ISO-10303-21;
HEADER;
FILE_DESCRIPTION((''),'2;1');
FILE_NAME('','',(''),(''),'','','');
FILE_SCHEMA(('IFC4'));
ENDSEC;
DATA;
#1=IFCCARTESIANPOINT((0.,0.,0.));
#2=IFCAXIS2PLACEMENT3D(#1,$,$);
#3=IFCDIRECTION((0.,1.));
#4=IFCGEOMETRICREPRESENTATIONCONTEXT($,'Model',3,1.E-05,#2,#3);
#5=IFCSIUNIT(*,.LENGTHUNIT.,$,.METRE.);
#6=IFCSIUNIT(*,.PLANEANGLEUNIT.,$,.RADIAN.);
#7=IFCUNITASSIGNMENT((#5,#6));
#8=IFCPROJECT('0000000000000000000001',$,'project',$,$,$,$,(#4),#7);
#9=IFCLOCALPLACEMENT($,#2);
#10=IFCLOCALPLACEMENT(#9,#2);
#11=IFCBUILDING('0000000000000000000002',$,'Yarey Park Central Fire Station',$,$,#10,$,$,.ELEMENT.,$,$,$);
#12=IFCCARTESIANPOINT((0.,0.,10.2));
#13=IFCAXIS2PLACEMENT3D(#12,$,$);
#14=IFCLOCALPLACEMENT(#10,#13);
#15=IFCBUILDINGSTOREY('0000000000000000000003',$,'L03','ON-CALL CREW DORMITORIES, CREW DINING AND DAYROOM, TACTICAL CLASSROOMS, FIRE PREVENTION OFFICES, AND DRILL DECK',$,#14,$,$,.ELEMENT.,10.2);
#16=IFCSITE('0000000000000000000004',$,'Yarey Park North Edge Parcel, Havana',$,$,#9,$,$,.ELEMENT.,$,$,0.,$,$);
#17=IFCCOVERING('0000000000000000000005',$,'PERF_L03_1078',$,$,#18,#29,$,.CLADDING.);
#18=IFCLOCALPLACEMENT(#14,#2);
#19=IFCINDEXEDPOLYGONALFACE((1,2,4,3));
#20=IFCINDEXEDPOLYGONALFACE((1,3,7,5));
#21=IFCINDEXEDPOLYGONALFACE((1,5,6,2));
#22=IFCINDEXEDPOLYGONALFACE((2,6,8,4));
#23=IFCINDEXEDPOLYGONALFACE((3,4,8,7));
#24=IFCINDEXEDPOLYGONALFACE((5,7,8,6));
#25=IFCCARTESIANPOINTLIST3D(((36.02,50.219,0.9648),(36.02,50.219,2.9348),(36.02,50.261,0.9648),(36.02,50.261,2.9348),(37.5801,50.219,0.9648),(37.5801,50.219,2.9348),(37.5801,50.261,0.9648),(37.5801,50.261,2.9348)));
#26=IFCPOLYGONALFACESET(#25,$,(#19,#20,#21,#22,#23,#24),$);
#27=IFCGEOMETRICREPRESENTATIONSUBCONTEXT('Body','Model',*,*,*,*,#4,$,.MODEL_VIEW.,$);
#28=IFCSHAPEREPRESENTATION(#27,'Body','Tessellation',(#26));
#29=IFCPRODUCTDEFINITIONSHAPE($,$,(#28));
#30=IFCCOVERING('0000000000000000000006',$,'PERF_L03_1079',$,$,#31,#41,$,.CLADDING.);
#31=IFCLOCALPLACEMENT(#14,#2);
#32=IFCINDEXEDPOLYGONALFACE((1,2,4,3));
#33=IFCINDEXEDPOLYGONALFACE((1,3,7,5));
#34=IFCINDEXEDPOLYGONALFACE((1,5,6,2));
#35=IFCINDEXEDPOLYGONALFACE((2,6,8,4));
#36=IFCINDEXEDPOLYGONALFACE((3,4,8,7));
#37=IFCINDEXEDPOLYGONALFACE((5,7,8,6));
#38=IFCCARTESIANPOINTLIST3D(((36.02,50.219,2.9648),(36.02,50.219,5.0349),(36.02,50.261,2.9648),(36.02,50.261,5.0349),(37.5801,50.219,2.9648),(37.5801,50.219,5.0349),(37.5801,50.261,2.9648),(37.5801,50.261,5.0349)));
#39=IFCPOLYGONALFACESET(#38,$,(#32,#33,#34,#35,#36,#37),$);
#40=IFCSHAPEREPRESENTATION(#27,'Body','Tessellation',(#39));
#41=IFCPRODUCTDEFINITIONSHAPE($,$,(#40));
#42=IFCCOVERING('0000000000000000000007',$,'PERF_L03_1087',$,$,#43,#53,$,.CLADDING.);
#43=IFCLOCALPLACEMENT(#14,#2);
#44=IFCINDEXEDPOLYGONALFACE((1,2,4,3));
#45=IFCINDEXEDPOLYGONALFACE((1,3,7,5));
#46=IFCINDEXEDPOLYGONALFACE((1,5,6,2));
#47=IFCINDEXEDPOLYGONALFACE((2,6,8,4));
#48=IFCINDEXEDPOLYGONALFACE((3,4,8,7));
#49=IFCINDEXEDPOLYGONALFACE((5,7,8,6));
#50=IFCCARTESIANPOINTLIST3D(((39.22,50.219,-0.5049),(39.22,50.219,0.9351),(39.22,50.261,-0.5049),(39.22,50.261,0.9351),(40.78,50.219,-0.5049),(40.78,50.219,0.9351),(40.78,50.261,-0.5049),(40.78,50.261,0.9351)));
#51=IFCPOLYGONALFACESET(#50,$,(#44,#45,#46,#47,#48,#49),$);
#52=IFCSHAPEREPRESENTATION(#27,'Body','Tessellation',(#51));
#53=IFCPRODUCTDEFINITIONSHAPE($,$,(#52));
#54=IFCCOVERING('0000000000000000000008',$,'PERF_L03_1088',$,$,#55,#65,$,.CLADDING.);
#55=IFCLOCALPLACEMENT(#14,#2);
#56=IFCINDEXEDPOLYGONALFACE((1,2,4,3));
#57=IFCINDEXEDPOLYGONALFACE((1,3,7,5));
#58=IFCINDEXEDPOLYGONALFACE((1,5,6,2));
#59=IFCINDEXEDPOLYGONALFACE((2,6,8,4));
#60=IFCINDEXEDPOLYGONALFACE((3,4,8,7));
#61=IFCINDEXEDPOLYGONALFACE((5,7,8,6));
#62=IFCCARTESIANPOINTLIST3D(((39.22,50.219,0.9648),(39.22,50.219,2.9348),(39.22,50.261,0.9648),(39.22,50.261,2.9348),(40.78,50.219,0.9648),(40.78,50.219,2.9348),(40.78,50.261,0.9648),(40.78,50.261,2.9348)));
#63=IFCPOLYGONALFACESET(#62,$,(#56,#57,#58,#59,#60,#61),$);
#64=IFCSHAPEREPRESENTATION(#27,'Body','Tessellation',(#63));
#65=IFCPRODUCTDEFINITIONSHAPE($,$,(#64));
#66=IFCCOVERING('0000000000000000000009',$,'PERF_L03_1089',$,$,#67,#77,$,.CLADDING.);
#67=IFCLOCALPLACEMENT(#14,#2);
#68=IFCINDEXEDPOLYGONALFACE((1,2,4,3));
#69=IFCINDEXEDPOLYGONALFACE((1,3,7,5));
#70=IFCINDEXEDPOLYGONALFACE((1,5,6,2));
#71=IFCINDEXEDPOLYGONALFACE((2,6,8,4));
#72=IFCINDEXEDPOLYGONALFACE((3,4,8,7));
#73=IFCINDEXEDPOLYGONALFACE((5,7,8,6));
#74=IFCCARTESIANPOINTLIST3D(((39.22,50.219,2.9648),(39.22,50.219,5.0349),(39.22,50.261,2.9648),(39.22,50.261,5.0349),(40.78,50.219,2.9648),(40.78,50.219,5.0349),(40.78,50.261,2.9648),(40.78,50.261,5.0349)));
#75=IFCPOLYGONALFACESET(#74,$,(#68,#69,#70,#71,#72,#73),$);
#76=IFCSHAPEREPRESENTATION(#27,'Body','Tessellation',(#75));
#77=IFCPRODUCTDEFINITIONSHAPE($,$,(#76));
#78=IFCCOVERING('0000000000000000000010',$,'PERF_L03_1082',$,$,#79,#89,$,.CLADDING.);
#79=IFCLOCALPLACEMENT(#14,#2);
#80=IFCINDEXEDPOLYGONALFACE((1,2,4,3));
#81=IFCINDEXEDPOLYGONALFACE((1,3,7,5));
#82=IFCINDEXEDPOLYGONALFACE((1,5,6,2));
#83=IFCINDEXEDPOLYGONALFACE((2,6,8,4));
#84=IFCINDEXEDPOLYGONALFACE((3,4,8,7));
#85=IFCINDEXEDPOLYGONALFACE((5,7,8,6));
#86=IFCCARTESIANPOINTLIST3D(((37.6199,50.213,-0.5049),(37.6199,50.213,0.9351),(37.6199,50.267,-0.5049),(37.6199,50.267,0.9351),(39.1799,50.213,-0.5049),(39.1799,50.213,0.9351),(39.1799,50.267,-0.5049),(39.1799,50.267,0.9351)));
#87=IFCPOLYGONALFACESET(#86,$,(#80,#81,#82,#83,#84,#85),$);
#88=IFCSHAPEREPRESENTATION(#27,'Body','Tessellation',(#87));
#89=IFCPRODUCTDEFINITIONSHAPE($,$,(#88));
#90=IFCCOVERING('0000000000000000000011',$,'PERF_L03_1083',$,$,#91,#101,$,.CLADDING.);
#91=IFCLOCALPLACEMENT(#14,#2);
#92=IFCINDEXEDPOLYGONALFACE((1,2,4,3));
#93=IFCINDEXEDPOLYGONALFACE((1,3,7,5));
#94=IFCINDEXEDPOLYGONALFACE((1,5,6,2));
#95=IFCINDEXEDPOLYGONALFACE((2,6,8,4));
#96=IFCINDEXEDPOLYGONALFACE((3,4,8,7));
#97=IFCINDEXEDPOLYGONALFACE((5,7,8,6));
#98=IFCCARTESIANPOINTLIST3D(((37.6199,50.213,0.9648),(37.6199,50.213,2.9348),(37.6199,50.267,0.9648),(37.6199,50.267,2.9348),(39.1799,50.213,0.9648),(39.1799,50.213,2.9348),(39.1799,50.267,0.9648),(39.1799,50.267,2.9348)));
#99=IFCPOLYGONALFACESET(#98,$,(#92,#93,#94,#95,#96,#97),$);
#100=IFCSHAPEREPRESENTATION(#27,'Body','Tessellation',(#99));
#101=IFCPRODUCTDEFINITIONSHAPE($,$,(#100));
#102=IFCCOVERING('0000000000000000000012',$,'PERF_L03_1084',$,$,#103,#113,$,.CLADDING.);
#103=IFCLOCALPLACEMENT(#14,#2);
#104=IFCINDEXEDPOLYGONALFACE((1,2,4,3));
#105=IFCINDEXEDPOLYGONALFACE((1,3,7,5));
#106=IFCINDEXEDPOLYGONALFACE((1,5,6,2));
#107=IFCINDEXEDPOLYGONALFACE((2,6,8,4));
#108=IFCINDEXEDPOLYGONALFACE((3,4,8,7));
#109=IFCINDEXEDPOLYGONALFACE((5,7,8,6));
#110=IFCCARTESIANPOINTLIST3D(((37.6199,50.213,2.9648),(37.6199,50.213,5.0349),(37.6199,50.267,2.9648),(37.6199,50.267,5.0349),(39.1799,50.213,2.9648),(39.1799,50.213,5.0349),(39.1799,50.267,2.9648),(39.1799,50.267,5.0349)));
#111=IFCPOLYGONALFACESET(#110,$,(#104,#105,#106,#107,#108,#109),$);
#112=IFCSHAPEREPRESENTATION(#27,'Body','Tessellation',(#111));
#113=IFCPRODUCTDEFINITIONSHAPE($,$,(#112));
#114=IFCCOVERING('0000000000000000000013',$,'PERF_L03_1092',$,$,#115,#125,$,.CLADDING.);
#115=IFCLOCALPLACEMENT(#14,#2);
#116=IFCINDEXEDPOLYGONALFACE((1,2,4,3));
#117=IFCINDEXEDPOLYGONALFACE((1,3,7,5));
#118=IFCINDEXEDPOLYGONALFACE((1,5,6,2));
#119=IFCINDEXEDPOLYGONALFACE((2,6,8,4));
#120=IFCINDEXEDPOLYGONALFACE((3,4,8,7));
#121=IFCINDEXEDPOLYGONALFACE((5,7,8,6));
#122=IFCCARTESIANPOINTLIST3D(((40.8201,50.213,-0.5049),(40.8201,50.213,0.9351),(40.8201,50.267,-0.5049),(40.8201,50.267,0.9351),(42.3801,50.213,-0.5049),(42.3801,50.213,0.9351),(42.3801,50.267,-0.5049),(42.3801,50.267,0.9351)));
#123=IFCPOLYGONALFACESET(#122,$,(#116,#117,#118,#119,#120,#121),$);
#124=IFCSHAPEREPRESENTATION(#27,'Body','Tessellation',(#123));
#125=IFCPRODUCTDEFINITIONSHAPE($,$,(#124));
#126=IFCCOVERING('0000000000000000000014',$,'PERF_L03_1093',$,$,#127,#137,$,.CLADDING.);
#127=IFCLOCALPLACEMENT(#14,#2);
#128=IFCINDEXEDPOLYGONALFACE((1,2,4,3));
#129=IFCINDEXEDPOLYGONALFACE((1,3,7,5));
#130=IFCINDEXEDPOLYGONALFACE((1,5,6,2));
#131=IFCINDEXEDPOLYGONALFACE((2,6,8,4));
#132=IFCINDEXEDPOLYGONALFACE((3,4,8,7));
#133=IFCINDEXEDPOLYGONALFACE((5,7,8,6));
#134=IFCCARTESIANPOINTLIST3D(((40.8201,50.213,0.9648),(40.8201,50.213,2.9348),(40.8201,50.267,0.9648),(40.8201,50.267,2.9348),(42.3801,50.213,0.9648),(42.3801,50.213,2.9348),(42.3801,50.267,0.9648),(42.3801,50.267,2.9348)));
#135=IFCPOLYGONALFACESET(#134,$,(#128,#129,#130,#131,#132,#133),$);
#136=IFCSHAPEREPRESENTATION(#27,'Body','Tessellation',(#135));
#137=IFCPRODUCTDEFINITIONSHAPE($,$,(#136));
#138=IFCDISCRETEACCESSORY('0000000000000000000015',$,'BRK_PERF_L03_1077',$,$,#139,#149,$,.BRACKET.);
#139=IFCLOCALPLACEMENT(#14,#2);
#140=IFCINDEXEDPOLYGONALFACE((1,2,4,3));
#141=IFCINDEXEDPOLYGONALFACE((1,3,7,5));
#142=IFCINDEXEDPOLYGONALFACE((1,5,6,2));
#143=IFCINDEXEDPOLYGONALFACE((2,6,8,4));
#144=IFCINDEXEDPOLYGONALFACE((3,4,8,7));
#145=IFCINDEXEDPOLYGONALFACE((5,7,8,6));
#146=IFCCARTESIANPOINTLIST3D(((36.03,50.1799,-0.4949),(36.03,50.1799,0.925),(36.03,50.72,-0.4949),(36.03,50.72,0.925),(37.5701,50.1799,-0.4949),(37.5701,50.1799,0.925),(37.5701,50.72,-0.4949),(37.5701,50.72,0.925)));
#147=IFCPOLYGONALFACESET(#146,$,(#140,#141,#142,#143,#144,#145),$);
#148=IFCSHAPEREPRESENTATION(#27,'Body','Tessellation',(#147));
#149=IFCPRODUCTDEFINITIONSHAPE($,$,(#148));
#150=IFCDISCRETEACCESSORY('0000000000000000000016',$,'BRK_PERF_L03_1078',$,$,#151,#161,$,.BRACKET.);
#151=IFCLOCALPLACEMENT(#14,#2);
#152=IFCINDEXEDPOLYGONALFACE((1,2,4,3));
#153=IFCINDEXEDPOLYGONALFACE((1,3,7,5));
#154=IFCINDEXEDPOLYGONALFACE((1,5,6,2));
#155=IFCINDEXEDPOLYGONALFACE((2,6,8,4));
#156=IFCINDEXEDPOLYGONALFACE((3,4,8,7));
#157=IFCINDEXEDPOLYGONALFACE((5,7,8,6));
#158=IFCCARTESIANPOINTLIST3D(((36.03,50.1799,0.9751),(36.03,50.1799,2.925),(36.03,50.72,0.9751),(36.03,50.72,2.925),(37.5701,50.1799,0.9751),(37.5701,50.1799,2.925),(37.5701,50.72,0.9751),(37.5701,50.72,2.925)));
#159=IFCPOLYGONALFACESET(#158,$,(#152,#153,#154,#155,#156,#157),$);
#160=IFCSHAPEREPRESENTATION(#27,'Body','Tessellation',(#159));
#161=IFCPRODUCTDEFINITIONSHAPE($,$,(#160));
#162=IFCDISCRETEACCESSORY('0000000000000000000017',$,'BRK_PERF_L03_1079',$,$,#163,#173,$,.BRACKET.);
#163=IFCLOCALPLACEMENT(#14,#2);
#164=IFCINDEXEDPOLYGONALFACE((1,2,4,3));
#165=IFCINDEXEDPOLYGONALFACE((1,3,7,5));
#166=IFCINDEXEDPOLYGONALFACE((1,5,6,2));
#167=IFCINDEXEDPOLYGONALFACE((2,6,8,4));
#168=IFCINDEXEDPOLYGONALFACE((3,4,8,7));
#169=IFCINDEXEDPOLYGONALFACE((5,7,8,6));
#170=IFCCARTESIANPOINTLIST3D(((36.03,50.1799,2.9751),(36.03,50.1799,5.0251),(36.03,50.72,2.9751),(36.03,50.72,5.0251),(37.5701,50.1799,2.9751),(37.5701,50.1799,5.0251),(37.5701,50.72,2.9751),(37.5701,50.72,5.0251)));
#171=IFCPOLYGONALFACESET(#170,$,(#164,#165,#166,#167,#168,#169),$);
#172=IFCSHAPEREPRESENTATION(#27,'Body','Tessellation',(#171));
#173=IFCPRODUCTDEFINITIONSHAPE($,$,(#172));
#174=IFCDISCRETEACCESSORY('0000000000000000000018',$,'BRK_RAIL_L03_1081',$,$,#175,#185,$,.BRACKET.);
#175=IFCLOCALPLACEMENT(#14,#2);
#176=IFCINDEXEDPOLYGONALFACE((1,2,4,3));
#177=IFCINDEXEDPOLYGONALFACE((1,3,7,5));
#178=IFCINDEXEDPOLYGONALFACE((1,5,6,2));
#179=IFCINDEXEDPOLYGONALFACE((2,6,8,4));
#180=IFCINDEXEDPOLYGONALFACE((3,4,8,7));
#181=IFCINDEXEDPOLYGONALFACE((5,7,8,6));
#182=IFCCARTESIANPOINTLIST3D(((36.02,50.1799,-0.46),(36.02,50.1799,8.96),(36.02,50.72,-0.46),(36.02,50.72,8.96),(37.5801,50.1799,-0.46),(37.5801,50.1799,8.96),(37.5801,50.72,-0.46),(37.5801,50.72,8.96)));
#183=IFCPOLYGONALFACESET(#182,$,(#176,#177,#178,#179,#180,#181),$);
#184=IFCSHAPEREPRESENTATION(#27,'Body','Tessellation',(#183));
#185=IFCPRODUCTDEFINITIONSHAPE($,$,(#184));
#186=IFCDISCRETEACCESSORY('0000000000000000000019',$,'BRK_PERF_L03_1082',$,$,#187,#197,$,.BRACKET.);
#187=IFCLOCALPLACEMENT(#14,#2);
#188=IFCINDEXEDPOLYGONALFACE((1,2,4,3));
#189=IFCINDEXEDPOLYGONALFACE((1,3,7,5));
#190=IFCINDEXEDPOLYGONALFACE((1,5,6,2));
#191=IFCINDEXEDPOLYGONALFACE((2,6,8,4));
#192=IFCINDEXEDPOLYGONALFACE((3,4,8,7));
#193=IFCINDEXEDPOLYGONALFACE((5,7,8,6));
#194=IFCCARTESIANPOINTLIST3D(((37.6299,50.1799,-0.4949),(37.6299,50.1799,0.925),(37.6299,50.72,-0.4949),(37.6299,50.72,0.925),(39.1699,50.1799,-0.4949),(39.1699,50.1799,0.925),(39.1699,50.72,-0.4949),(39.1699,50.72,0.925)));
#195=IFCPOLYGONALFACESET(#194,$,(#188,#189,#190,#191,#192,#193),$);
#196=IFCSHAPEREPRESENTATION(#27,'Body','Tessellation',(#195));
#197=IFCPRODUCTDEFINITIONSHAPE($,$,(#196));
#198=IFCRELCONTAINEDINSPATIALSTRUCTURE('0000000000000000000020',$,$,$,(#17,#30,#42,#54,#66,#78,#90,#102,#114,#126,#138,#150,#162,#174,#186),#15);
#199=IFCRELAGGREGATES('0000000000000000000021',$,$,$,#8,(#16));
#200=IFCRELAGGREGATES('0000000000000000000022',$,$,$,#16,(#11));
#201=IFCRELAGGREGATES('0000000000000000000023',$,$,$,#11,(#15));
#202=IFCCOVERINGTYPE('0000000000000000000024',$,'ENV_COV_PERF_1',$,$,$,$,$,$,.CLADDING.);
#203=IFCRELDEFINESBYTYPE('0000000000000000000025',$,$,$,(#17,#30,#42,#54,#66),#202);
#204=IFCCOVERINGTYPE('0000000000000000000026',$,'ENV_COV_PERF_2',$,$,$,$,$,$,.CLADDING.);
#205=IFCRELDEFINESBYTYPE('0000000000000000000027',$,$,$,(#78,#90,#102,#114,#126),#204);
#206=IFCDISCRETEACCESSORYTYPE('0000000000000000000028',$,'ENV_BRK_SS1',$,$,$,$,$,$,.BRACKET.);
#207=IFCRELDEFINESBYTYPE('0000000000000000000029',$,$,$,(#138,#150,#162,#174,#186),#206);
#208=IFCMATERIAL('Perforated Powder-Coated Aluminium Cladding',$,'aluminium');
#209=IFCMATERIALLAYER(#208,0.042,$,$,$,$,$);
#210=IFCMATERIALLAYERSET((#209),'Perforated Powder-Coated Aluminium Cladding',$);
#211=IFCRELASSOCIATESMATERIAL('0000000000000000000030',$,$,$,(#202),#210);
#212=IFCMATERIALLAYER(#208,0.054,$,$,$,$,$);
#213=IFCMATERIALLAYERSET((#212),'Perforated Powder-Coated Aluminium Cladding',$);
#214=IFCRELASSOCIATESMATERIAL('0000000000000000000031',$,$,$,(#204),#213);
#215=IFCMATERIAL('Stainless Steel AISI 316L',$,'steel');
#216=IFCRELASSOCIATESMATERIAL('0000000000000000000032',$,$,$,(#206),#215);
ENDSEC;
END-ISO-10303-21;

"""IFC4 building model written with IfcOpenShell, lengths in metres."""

from ifc_helpers import new_model, si_unit, direction, frame, origin, origin_2d, place, context, subcontext, project, spatial, rectangle, extrude, material, layer, layer_set, type_object, element, save


model = new_model("IFC4")

# Units and contexts
model_context = context("Model", 3, precision=1e-05, world=origin(), true_north=direction((0.0, 1.0)))
body_context = subcontext(model_context, "Body", "Model", "MODEL_VIEW")
ifc_project = project(units=[si_unit("LENGTHUNIT", "METRE"), si_unit("PLANEANGLEUNIT", "RADIAN")], contexts=[model_context])

# Site, building, storey
site_placement = place(None, origin())
site = spatial("IfcSite", under=ifc_project, at=site_placement, Name="Yarey Park North Edge Parcel, Havana", CompositionType="ELEMENT", RefElevation=0.0)
building_placement = place(site_placement, origin())
building = spatial("IfcBuilding", under=site, at=building_placement, Name="Yarey Park Central Fire Station", CompositionType="ELEMENT")
storey_placement = place(building_placement, frame((0.0, 0.0, 10.2)))
storey = spatial("IfcBuildingStorey", under=building, at=storey_placement, Name="L03", Description="ON-CALL CREW DORMITORIES, CREW DINING AND DAYROOM, TACTICAL CLASSROOMS, FIRE PREVENTION OFFICES, AND DRILL DECK", CompositionType="ELEMENT", Elevation=10.2)

# Coverings
ifc_material_1 = material(Name="Perforated Powder-Coated Aluminium Cladding", Category="aluminium")
ifc_layer_1 = layer(ifc_material_1, 0.042)
ifc_layer_set_1 = layer_set([ifc_layer_1], Name="Perforated Powder-Coated Aluminium Cladding")
covering_type_1 = type_object("IfcCoveringType", Name="ENV_COV_PERF_1", PredefinedType="CLADDING", material=ifc_layer_set_1)
covering_1_placement = place(storey_placement, frame((36.8, 50.24, 0.9648), z_axis=(0.0, 0.0, 1.0), x_axis=(1.0, 0.0, 0.0)))
element("IfcCovering", 1, at=covering_1_placement, inside=storey, type_object=covering_type_1, Name="PERF_L03_1078", PredefinedType="CLADDING", context=body_context, shape_type="SweptSolid", body=[
    extrude(rectangle(XDim=1.5601, YDim=0.042, at=origin_2d()), origin(), (0.0, 0.0, 1.0), 1.97),
])
covering_2_placement = place(storey_placement, frame((36.8, 50.24, 2.9648), z_axis=(0.0, 0.0, 1.0), x_axis=(1.0, 0.0, 0.0)))
element("IfcCovering", 2, at=covering_2_placement, inside=storey, type_object=covering_type_1, Name="PERF_L03_1079", PredefinedType="CLADDING", context=body_context, shape_type="SweptSolid", body=[
    extrude(rectangle(XDim=1.5601, YDim=0.042, at=origin_2d()), origin(), (0.0, 0.0, 1.0), 2.0701),
])
covering_3_placement = place(storey_placement, frame((40.0, 50.24, -0.5049), z_axis=(0.0, 0.0, 1.0), x_axis=(1.0, 0.0, 0.0)))
element("IfcCovering", 3, at=covering_3_placement, inside=storey, type_object=covering_type_1, Name="PERF_L03_1087", PredefinedType="CLADDING", context=body_context, shape_type="SweptSolid", body=[
    extrude(rectangle(XDim=1.5601, YDim=0.042, at=origin_2d()), origin(), (0.0, 0.0, 1.0), 1.4399),
])
covering_4_placement = place(storey_placement, frame((40.0, 50.24, 0.9648), z_axis=(0.0, 0.0, 1.0), x_axis=(1.0, 0.0, 0.0)))
element("IfcCovering", 4, at=covering_4_placement, inside=storey, type_object=covering_type_1, Name="PERF_L03_1088", PredefinedType="CLADDING", context=body_context, shape_type="SweptSolid", body=[
    extrude(rectangle(XDim=1.5601, YDim=0.042, at=origin_2d()), origin(), (0.0, 0.0, 1.0), 1.97),
])
covering_5_placement = place(storey_placement, frame((40.0, 50.24, 2.9648), z_axis=(0.0, 0.0, 1.0), x_axis=(1.0, 0.0, 0.0)))
element("IfcCovering", 5, at=covering_5_placement, inside=storey, type_object=covering_type_1, Name="PERF_L03_1089", PredefinedType="CLADDING", context=body_context, shape_type="SweptSolid", body=[
    extrude(rectangle(XDim=1.5601, YDim=0.042, at=origin_2d()), origin(), (0.0, 0.0, 1.0), 2.0701),
])
ifc_layer_2 = layer(ifc_material_1, 0.054)
ifc_layer_set_2 = layer_set([ifc_layer_2], Name="Perforated Powder-Coated Aluminium Cladding")
covering_type_2 = type_object("IfcCoveringType", Name="ENV_COV_PERF_2", PredefinedType="CLADDING", material=ifc_layer_set_2)
covering_6_placement = place(storey_placement, frame((38.3999, 50.24, -0.5049), z_axis=(0.0, 0.0, 1.0), x_axis=(1.0, 0.0, 0.0)))
element("IfcCovering", 6, at=covering_6_placement, inside=storey, type_object=covering_type_2, Name="PERF_L03_1082", PredefinedType="CLADDING", context=body_context, shape_type="SweptSolid", body=[
    extrude(rectangle(XDim=1.5601, YDim=0.054, at=origin_2d()), origin(), (0.0, 0.0, 1.0), 1.4399),
])
covering_7_placement = place(storey_placement, frame((38.3999, 50.24, 0.9648), z_axis=(0.0, 0.0, 1.0), x_axis=(1.0, 0.0, 0.0)))
element("IfcCovering", 7, at=covering_7_placement, inside=storey, type_object=covering_type_2, Name="PERF_L03_1083", PredefinedType="CLADDING", context=body_context, shape_type="SweptSolid", body=[
    extrude(rectangle(XDim=1.5601, YDim=0.054, at=origin_2d()), origin(), (0.0, 0.0, 1.0), 1.97),
])
covering_8_placement = place(storey_placement, frame((38.3999, 50.24, 2.9648), z_axis=(0.0, 0.0, 1.0), x_axis=(1.0, 0.0, 0.0)))
element("IfcCovering", 8, at=covering_8_placement, inside=storey, type_object=covering_type_2, Name="PERF_L03_1084", PredefinedType="CLADDING", context=body_context, shape_type="SweptSolid", body=[
    extrude(rectangle(XDim=1.5601, YDim=0.054, at=origin_2d()), origin(), (0.0, 0.0, 1.0), 2.0701),
])
covering_9_placement = place(storey_placement, frame((41.6001, 50.24, -0.5049), z_axis=(0.0, 0.0, 1.0), x_axis=(1.0, 0.0, 0.0)))
element("IfcCovering", 9, at=covering_9_placement, inside=storey, type_object=covering_type_2, Name="PERF_L03_1092", PredefinedType="CLADDING", context=body_context, shape_type="SweptSolid", body=[
    extrude(rectangle(XDim=1.5601, YDim=0.054, at=origin_2d()), origin(), (0.0, 0.0, 1.0), 1.4399),
])
covering_10_placement = place(storey_placement, frame((41.6001, 50.24, 0.9648), z_axis=(0.0, 0.0, 1.0), x_axis=(1.0, 0.0, 0.0)))
element("IfcCovering", 10, at=covering_10_placement, inside=storey, type_object=covering_type_2, Name="PERF_L03_1093", PredefinedType="CLADDING", context=body_context, shape_type="SweptSolid", body=[
    extrude(rectangle(XDim=1.5601, YDim=0.054, at=origin_2d()), origin(), (0.0, 0.0, 1.0), 1.97),
])

# Discrete accessories
ifc_material_2 = material(Name="Stainless Steel AISI 316L", Category="steel")
discrete_accessory_type = type_object("IfcDiscreteAccessoryType", Name="ENV_BRK_SS1", PredefinedType="BRACKET", material=ifc_material_2)
discrete_accessory_1_placement = place(storey_placement, frame((36.8, 50.45, -0.4949), z_axis=(0.0, 0.0, 1.0), x_axis=(1.0, 0.0, 0.0)))
element("IfcDiscreteAccessory", 11, at=discrete_accessory_1_placement, inside=storey, type_object=discrete_accessory_type, Name="BRK_PERF_L03_1077", PredefinedType="BRACKET", context=body_context, shape_type="SweptSolid", body=[
    extrude(rectangle(XDim=1.54, YDim=0.54, at=origin_2d()), origin(), (0.0, 0.0, 1.0), 1.4199),
])
discrete_accessory_2_placement = place(storey_placement, frame((36.8, 50.45, 0.9751), z_axis=(0.0, 0.0, 1.0), x_axis=(1.0, 0.0, 0.0)))
element("IfcDiscreteAccessory", 12, at=discrete_accessory_2_placement, inside=storey, type_object=discrete_accessory_type, Name="BRK_PERF_L03_1078", PredefinedType="BRACKET", context=body_context, shape_type="SweptSolid", body=[
    extrude(rectangle(XDim=1.54, YDim=0.54, at=origin_2d()), origin(), (0.0, 0.0, 1.0), 1.95),
])
discrete_accessory_3_placement = place(storey_placement, frame((36.8, 50.45, 2.9751), z_axis=(0.0, 0.0, 1.0), x_axis=(1.0, 0.0, 0.0)))
element("IfcDiscreteAccessory", 13, at=discrete_accessory_3_placement, inside=storey, type_object=discrete_accessory_type, Name="BRK_PERF_L03_1079", PredefinedType="BRACKET", context=body_context, shape_type="SweptSolid", body=[
    extrude(rectangle(XDim=1.54, YDim=0.54, at=origin_2d()), origin(), (0.0, 0.0, 1.0), 2.05),
])
discrete_accessory_4_placement = place(storey_placement, frame((36.8, 50.45, -0.46), z_axis=(0.0, 0.0, 1.0), x_axis=(1.0, 0.0, 0.0)))
element("IfcDiscreteAccessory", 14, at=discrete_accessory_4_placement, inside=storey, type_object=discrete_accessory_type, Name="BRK_RAIL_L03_1081", PredefinedType="BRACKET", context=body_context, shape_type="SweptSolid", body=[
    extrude(rectangle(XDim=1.5601, YDim=0.54, at=origin_2d()), origin(), (0.0, 0.0, 1.0), 9.4199),
])
discrete_accessory_5_placement = place(storey_placement, frame((38.3999, 50.45, -0.4949), z_axis=(0.0, 0.0, 1.0), x_axis=(1.0, 0.0, 0.0)))
element("IfcDiscreteAccessory", 15, at=discrete_accessory_5_placement, inside=storey, type_object=discrete_accessory_type, Name="BRK_PERF_L03_1082", PredefinedType="BRACKET", context=body_context, shape_type="SweptSolid", body=[
    extrude(rectangle(XDim=1.54, YDim=0.54, at=origin_2d()), origin(), (0.0, 0.0, 1.0), 1.4199),
])

save(model, "model.ifc")
